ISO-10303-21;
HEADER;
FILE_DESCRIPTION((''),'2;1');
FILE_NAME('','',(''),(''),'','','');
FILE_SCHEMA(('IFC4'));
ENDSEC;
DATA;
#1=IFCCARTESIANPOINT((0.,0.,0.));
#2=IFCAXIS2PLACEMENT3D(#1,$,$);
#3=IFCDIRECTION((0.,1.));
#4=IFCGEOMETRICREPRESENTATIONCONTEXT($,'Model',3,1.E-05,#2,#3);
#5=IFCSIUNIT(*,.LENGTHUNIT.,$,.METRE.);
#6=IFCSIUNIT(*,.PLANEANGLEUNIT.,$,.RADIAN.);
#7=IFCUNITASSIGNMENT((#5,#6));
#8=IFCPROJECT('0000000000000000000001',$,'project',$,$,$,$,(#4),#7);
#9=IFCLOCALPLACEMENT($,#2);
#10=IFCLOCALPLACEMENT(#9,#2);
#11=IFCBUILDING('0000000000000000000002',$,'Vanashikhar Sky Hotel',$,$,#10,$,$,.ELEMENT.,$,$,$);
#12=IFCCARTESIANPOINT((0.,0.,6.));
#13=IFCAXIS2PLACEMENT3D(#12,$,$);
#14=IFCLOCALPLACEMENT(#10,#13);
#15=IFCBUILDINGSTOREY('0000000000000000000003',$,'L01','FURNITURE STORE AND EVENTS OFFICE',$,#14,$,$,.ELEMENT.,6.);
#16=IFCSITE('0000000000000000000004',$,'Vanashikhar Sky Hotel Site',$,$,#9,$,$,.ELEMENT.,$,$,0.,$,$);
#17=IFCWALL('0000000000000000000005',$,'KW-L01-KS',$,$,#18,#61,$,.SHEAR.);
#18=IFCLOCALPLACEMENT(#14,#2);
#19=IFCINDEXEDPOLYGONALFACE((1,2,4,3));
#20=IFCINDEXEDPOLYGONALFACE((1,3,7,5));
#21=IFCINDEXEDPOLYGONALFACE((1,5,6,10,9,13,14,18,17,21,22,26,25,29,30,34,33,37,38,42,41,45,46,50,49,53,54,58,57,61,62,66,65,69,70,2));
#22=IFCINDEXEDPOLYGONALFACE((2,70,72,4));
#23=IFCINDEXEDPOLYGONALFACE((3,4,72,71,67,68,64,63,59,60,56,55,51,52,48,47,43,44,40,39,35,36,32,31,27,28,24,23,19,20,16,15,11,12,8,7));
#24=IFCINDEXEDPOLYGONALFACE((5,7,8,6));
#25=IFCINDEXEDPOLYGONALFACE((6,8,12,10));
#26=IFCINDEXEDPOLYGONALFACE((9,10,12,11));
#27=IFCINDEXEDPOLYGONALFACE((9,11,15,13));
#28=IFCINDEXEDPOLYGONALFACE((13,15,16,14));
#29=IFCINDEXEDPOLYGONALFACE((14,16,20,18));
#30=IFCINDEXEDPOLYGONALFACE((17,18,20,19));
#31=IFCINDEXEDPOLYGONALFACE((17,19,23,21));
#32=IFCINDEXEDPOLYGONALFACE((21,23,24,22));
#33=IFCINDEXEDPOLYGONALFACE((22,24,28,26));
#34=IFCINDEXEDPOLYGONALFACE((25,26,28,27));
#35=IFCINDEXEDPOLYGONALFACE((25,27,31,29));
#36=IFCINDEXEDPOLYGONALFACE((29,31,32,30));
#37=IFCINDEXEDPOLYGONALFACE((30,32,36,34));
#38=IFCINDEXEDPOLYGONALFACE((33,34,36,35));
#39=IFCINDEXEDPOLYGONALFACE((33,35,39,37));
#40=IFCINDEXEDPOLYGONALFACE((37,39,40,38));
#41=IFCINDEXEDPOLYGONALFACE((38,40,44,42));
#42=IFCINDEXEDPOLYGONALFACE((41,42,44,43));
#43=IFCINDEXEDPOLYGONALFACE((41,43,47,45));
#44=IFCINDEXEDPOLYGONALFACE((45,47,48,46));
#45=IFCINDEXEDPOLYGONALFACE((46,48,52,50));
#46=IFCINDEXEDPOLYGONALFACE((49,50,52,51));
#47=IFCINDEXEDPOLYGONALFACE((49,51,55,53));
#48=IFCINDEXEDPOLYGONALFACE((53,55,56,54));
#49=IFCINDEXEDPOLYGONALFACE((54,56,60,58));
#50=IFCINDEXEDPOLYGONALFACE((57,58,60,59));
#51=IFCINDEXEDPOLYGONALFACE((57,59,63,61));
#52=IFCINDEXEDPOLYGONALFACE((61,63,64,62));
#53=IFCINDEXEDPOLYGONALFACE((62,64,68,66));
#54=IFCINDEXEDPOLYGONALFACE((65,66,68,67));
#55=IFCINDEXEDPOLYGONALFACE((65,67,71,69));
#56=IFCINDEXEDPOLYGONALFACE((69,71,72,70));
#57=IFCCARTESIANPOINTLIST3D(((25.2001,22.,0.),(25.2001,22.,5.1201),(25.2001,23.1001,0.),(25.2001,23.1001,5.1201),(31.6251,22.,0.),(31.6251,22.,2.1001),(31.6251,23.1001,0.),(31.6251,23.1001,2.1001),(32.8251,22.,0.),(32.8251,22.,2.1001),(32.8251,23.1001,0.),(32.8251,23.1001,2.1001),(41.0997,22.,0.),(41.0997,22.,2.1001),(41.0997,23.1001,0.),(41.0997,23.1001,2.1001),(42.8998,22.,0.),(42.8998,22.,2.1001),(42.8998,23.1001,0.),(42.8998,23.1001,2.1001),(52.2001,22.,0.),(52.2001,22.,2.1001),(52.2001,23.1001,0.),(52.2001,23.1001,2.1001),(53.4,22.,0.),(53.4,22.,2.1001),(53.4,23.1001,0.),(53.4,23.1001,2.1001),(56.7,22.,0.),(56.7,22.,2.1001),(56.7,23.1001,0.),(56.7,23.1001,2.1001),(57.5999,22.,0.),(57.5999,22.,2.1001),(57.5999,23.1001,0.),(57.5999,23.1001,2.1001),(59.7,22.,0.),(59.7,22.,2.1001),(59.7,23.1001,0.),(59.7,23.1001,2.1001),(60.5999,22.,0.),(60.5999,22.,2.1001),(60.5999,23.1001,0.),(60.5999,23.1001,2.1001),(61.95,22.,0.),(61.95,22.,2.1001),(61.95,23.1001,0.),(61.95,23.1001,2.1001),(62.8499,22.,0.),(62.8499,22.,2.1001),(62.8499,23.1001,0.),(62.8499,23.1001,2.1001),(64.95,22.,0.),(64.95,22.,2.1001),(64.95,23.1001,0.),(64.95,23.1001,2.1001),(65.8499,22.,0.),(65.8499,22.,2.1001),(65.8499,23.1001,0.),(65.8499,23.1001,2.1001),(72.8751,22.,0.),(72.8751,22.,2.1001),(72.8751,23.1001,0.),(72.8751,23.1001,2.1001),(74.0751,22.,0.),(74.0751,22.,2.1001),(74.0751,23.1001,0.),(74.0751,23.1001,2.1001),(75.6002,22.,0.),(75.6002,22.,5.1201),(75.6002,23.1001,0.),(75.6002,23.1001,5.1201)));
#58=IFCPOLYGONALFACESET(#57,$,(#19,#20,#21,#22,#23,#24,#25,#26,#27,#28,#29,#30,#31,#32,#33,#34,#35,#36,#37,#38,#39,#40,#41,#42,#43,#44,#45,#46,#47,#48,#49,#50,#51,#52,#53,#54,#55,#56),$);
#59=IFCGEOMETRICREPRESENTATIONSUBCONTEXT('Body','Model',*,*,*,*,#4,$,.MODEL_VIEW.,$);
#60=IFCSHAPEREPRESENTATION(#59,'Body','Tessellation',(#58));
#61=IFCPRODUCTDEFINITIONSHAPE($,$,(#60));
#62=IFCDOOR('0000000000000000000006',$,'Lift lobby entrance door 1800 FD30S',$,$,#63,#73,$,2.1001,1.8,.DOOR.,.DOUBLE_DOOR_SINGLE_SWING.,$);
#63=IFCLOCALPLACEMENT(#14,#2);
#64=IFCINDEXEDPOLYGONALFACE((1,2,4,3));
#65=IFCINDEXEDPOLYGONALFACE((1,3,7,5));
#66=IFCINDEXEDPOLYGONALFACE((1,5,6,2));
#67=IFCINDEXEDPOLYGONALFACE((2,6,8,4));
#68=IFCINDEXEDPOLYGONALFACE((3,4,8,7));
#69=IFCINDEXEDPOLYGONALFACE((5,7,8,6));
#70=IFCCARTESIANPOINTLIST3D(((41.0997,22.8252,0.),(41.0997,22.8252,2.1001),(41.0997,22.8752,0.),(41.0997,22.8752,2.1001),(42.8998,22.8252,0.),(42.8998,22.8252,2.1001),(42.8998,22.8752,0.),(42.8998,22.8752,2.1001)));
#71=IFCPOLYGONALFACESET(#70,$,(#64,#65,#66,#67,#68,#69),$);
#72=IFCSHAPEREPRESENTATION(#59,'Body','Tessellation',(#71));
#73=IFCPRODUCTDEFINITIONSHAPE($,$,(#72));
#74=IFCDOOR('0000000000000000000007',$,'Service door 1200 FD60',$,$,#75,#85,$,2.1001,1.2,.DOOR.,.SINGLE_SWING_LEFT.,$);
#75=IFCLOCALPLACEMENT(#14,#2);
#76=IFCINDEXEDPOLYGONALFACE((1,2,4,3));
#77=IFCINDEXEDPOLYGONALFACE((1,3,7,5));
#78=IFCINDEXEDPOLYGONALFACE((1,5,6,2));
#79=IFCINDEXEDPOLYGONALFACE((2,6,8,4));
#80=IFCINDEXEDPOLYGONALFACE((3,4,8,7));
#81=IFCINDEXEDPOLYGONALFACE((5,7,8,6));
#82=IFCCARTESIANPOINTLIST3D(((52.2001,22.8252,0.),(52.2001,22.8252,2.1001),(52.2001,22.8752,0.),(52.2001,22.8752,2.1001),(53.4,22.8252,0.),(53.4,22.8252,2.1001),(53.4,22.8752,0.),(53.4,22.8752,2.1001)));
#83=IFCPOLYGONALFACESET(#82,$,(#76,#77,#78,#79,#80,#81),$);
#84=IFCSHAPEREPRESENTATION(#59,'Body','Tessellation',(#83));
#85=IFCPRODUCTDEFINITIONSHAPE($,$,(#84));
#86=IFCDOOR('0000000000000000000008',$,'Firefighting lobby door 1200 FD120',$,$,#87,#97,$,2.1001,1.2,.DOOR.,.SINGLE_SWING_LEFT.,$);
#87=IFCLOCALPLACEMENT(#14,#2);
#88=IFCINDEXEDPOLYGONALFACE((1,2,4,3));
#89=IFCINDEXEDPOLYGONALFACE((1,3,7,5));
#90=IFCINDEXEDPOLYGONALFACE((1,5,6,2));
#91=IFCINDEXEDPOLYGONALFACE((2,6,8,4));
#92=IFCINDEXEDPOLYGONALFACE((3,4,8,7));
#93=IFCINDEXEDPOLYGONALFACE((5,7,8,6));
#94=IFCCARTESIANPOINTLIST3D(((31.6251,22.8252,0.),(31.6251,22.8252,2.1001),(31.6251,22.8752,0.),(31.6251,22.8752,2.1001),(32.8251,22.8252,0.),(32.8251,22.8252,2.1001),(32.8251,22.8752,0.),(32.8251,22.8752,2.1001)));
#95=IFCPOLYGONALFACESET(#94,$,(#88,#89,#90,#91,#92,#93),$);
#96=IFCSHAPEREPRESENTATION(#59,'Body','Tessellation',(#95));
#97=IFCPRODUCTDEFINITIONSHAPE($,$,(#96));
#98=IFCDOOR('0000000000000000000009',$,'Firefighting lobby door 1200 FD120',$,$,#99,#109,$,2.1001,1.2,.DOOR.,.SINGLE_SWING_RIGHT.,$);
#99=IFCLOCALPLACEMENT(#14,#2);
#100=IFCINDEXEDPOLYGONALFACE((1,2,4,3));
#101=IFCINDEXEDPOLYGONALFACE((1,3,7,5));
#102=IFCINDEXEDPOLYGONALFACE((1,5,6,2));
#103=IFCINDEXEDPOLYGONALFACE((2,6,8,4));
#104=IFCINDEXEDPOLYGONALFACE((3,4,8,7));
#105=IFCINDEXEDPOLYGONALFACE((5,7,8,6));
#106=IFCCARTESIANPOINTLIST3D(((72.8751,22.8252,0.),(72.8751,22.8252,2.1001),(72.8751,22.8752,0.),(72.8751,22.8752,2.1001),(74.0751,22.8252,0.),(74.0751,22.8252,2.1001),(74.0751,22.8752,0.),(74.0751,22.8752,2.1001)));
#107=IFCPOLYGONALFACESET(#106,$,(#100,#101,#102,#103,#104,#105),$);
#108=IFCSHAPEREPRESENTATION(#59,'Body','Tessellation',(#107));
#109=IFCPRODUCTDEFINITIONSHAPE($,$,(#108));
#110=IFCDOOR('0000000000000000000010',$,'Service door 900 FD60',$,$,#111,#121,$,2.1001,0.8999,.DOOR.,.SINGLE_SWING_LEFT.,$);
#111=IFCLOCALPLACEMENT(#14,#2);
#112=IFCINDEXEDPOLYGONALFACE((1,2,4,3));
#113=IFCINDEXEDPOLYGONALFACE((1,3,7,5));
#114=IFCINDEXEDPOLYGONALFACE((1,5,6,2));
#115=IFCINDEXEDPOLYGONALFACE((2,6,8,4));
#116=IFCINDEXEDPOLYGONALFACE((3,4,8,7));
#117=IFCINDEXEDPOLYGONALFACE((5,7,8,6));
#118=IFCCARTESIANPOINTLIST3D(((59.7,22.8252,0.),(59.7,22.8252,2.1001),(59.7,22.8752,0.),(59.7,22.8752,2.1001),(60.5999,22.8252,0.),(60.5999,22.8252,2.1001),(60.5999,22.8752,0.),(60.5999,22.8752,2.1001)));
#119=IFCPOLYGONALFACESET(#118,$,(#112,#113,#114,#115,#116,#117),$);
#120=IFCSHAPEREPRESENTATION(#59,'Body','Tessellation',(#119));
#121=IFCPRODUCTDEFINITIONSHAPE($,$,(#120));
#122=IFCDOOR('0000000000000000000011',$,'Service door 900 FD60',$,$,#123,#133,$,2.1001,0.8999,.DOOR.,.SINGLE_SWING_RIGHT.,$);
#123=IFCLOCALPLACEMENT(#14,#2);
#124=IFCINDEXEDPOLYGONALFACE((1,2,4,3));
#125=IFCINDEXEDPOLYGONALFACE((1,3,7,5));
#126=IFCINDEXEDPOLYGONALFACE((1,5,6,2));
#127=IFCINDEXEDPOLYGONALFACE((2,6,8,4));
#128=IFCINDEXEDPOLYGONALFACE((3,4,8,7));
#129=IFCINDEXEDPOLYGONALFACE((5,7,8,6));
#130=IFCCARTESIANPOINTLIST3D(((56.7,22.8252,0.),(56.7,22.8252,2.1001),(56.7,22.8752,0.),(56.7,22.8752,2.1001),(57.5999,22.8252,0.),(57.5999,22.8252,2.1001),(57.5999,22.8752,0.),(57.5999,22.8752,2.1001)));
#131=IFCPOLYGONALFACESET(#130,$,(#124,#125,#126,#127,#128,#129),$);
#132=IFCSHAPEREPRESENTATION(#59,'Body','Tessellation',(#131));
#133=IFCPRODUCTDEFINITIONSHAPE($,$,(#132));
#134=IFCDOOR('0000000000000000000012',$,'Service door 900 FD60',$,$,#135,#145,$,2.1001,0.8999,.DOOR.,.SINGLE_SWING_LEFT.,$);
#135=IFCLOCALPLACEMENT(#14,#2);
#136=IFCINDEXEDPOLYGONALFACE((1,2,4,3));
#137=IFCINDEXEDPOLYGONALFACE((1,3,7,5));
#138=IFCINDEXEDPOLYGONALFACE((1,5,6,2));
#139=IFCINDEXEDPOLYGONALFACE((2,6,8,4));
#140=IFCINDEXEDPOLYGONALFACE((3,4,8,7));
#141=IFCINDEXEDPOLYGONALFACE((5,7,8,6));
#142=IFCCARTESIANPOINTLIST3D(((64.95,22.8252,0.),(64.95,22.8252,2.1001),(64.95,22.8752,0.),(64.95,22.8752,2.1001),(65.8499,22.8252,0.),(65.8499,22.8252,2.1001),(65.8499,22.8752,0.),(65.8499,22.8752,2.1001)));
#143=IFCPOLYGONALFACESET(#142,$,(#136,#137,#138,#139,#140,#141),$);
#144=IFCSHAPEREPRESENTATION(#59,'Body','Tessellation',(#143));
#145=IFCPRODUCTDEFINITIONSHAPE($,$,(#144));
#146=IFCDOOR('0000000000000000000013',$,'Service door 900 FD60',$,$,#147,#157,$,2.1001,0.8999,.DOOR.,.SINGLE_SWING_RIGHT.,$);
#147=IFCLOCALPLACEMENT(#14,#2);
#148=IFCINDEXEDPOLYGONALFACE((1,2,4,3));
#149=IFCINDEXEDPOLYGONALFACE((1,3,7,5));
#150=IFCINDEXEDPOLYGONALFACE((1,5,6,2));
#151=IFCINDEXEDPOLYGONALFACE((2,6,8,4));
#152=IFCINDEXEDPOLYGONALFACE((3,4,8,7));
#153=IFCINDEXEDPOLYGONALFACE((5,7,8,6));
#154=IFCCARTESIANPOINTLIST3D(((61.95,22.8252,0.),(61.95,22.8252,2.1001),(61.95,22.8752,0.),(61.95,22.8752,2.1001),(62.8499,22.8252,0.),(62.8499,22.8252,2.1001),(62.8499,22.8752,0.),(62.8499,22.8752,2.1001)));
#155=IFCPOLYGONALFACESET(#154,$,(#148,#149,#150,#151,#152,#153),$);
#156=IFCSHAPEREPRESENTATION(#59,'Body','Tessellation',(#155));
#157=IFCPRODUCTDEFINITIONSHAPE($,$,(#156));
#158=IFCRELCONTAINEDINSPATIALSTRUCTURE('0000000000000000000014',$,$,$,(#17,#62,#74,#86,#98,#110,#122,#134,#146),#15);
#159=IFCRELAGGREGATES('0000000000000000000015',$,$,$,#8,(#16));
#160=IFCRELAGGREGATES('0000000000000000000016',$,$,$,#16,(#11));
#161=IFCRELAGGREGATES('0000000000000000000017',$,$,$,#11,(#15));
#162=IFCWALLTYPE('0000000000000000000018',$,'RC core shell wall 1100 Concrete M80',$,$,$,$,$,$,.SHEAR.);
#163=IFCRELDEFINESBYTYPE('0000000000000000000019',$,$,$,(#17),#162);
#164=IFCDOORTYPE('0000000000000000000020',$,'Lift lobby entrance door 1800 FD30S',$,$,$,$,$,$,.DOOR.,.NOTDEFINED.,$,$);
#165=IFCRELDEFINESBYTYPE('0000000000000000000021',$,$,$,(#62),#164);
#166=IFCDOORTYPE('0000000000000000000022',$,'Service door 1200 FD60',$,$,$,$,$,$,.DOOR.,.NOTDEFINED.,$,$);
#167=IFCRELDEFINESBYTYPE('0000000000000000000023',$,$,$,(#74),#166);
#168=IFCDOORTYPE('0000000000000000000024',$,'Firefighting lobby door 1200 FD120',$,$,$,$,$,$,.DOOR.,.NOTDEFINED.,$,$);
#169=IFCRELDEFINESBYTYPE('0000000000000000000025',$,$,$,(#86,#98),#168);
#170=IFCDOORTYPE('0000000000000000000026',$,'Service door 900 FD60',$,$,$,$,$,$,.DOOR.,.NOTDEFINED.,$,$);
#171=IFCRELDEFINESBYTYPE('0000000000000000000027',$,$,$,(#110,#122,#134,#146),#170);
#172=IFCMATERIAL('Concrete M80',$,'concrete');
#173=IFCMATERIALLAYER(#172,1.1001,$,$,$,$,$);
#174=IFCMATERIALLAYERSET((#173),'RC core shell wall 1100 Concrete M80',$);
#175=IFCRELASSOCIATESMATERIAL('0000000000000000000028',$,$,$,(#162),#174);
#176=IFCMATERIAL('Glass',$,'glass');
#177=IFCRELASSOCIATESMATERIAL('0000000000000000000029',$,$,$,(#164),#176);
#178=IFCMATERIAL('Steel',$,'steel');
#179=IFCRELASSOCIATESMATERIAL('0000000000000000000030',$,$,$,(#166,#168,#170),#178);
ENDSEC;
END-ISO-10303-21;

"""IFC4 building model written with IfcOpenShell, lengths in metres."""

from ifc_helpers import new_model, si_unit, direction, frame, frame_2d, origin, place, context, subcontext, project, spatial, rectangle, extrude, source, transform, mapped, material, layer, layer_set, type_object, element, fill, save


model = new_model("IFC4")

# Units and contexts
model_context = context("Model", 3, precision=1e-05, world=origin(), true_north=direction((0.0, 1.0)))
body_context = subcontext(model_context, "Body", "Model", "MODEL_VIEW")
ifc_project = project(units=[si_unit("LENGTHUNIT", "METRE"), si_unit("PLANEANGLEUNIT", "RADIAN")], contexts=[model_context])

# Site, building, storey
site_placement = place(None, origin())
site = spatial("IfcSite", under=ifc_project, at=site_placement, Name="Vanashikhar Sky Hotel Site", CompositionType="ELEMENT", RefElevation=0.0)
building_placement = place(site_placement, origin())
building = spatial("IfcBuilding", under=site, at=building_placement, Name="Vanashikhar Sky Hotel", CompositionType="ELEMENT")
storey_placement = place(building_placement, frame((0.0, 0.0, 6.0)))
storey = spatial("IfcBuildingStorey", under=building, at=storey_placement, Name="L01", Description="FURNITURE STORE AND EVENTS OFFICE", CompositionType="ELEMENT", Elevation=6.0)

# Wall, openings, doors
ifc_material_1 = material(Name="Concrete M80", Category="concrete")
ifc_layer_1 = layer(ifc_material_1, 1.1001)
ifc_layer_set_1 = layer_set([ifc_layer_1], Name="RC core shell wall 1100 Concrete M80")
wall_type_1 = type_object("IfcWallType", Name="RC core shell wall 1100 Concrete M80", PredefinedType="SHEAR", material=ifc_layer_set_1)
shared_shape_1 = source(origin(), body_context, "Body", "SweptSolid", [
    extrude(rectangle(XDim=50.4001, YDim=1.1001, at=frame_2d((25.2002, 0.0))), origin(), (0.0, 0.0, 1.0), 5.1201),
])
wall_1_placement = place(storey_placement, frame((25.2, 22.55, 0.0), z_axis=(0.0, 0.0, 1.0), x_axis=(1.0, 0.0, 0.0)))
wall_1 = element("IfcWall", 1, at=wall_1_placement, inside=storey, type_object=wall_type_1, Name="KW-L01-KS", PredefinedType="SHEAR", context=body_context, shape_type="MappedRepresentation", body=[
    mapped(shared_shape_1, transform((0.0, 0.0, 0.0), scale=1.0)),
])
shared_shape_2 = source(origin(), body_context, "Body", "SweptSolid", [
    extrude(rectangle(XDim=1.8, YDim=2.1001, at=frame_2d((0.8999, 1.05))), frame((0.0, 0.5601, 0.0), z_axis=(0.0, -1.0, 0.0), x_axis=(1.0, 0.0, 0.0)), (0.0, 0.0, 1.0), 1.1201),
])
opening_1_placement = place(wall_1_placement, frame((15.8999, 0.0, 0.0)))
opening_1 = element("IfcOpeningElement", 2, at=opening_1_placement, cuts=wall_1, PredefinedType="OPENING", context=body_context, shape_type="MappedRepresentation", body=[
    mapped(shared_shape_2, transform((0.0, 0.0, 0.0), scale=1.0)),
])
shared_shape_3 = source(origin(), body_context, "Body", "SweptSolid", [
    extrude(rectangle(XDim=1.2, YDim=2.1001, at=frame_2d((0.6001, 1.05))), frame((0.0, 0.5601, 0.0), z_axis=(0.0, -1.0, 0.0), x_axis=(1.0, 0.0, 0.0)), (0.0, 0.0, 1.0), 1.1201),
])
opening_2_placement = place(wall_1_placement, frame((27.0, 0.0, 0.0)))
opening_2 = element("IfcOpeningElement", 3, at=opening_2_placement, cuts=wall_1, PredefinedType="OPENING", context=body_context, shape_type="MappedRepresentation", body=[
    mapped(shared_shape_3, transform((0.0, 0.0, 0.0), scale=1.0)),
])
shared_shape_4 = source(origin(), body_context, "Body", "SweptSolid", [
    extrude(rectangle(XDim=0.8999, YDim=2.1001, at=frame_2d((0.45, 1.05))), frame((0.0, 0.5601, 0.0), z_axis=(0.0, -1.0, 0.0), x_axis=(1.0, 0.0, 0.0)), (0.0, 0.0, 1.0), 1.1201),
])
opening_3_placement = place(wall_1_placement, frame((34.5, 0.0, 0.0)))
opening_3 = element("IfcOpeningElement", 4, at=opening_3_placement, cuts=wall_1, PredefinedType="OPENING", context=body_context, shape_type="MappedRepresentation", body=[
    mapped(shared_shape_4, transform((0.0, 0.0, 0.0), scale=1.0)),
])
opening_4_placement = place(wall_1_placement, frame((31.5, 0.0, 0.0)))
opening_4 = element("IfcOpeningElement", 5, at=opening_4_placement, cuts=wall_1, PredefinedType="OPENING", context=body_context, shape_type="MappedRepresentation", body=[
    mapped(shared_shape_4, transform((0.0, 0.0, 0.0), scale=1.0)),
])
opening_5_placement = place(wall_1_placement, frame((39.75, 0.0, 0.0)))
opening_5 = element("IfcOpeningElement", 6, at=opening_5_placement, cuts=wall_1, PredefinedType="OPENING", context=body_context, shape_type="MappedRepresentation", body=[
    mapped(shared_shape_4, transform((0.0, 0.0, 0.0), scale=1.0)),
])
opening_6_placement = place(wall_1_placement, frame((36.75, 0.0, 0.0)))
opening_6 = element("IfcOpeningElement", 7, at=opening_6_placement, cuts=wall_1, PredefinedType="OPENING", context=body_context, shape_type="MappedRepresentation", body=[
    mapped(shared_shape_4, transform((0.0, 0.0, 0.0), scale=1.0)),
])
opening_7_placement = place(wall_1_placement, frame((6.425, 0.0, 0.0)))
opening_7 = element("IfcOpeningElement", 8, at=opening_7_placement, cuts=wall_1, PredefinedType="OPENING", context=body_context, shape_type="MappedRepresentation", body=[
    mapped(shared_shape_3, transform((0.0, 0.0, 0.0), scale=1.0)),
])
opening_8_placement = place(wall_1_placement, frame((47.675, 0.0, 0.0)))
opening_8 = element("IfcOpeningElement", 9, at=opening_8_placement, cuts=wall_1, PredefinedType="OPENING", context=body_context, shape_type="MappedRepresentation", body=[
    mapped(shared_shape_3, transform((0.0, 0.0, 0.0), scale=1.0)),
])
ifc_material_2 = material(Name="Glass", Category="glass")
door_type_1 = type_object("IfcDoorType", Name="Lift lobby entrance door 1800 FD30S", OperationType="NOTDEFINED", PredefinedType="DOOR", material=ifc_material_2)
shared_shape_5 = source(origin(), body_context, "Body", "SweptSolid", [
    extrude(rectangle(XDim=1.8, YDim=2.1001, at=frame_2d((0.8999, 1.05))), frame((0.0, 0.3252, 0.0), z_axis=(0.0, -1.0, 0.0), x_axis=(1.0, 0.0, 0.0)), (0.0, 0.0, 1.0), 0.05),
])
door_1_placement = place(opening_1_placement, origin())
door_1 = element("IfcDoor", 10, at=door_1_placement, inside=storey, type_object=door_type_1, Name="Lift lobby entrance door 1800 FD30S", OperationType="DOUBLE_DOOR_SINGLE_SWING", OverallHeight=2.1001, OverallWidth=1.8, PredefinedType="DOOR", context=body_context, shape_type="MappedRepresentation", body=[
    mapped(shared_shape_5, transform((0.0, 0.0, 0.0), scale=1.0)),
])
fill(opening_1, door_1)
ifc_material_3 = material(Name="Steel", Category="steel")
door_type_2 = type_object("IfcDoorType", Name="Service door 1200 FD60", OperationType="NOTDEFINED", PredefinedType="DOOR", material=ifc_material_3)
shared_shape_6 = source(origin(), body_context, "Body", "SweptSolid", [
    extrude(rectangle(XDim=1.2, YDim=2.1001, at=frame_2d((0.6001, 1.05))), frame((0.0, 0.3252, 0.0), z_axis=(0.0, -1.0, 0.0), x_axis=(1.0, 0.0, 0.0)), (0.0, 0.0, 1.0), 0.05),
])
door_2_placement = place(opening_2_placement, origin())
door_2 = element("IfcDoor", 11, at=door_2_placement, inside=storey, type_object=door_type_2, Name="Service door 1200 FD60", OperationType="SINGLE_SWING_LEFT", OverallHeight=2.1001, OverallWidth=1.2, PredefinedType="DOOR", context=body_context, shape_type="MappedRepresentation", body=[
    mapped(shared_shape_6, transform((0.0, 0.0, 0.0), scale=1.0)),
])
fill(opening_2, door_2)
door_type_3 = type_object("IfcDoorType", Name="Firefighting lobby door 1200 FD120", OperationType="NOTDEFINED", PredefinedType="DOOR", material=ifc_material_3)
door_3_placement = place(opening_7_placement, origin())
door_3 = element("IfcDoor", 12, at=door_3_placement, inside=storey, type_object=door_type_3, Name="Firefighting lobby door 1200 FD120", OperationType="SINGLE_SWING_LEFT", OverallHeight=2.1001, OverallWidth=1.2, PredefinedType="DOOR", context=body_context, shape_type="MappedRepresentation", body=[
    mapped(shared_shape_6, transform((0.0, 0.0, 0.0), scale=1.0)),
])
fill(opening_7, door_3)
door_4_placement = place(opening_8_placement, origin())
door_4 = element("IfcDoor", 13, at=door_4_placement, inside=storey, type_object=door_type_3, Name="Firefighting lobby door 1200 FD120", OperationType="SINGLE_SWING_RIGHT", OverallHeight=2.1001, OverallWidth=1.2, PredefinedType="DOOR", context=body_context, shape_type="MappedRepresentation", body=[
    mapped(shared_shape_6, transform((0.0, 0.0, 0.0), scale=1.0)),
])
fill(opening_8, door_4)
door_type_4 = type_object("IfcDoorType", Name="Service door 900 FD60", OperationType="NOTDEFINED", PredefinedType="DOOR", material=ifc_material_3)
shared_shape_7 = source(origin(), body_context, "Body", "SweptSolid", [
    extrude(rectangle(XDim=0.8999, YDim=2.1001, at=frame_2d((0.45, 1.05))), frame((0.0, 0.3252, 0.0), z_axis=(0.0, -1.0, 0.0), x_axis=(1.0, 0.0, 0.0)), (0.0, 0.0, 1.0), 0.05),
])
door_5_placement = place(opening_3_placement, origin())
door_5 = element("IfcDoor", 14, at=door_5_placement, inside=storey, type_object=door_type_4, Name="Service door 900 FD60", OperationType="SINGLE_SWING_LEFT", OverallHeight=2.1001, OverallWidth=0.8999, PredefinedType="DOOR", context=body_context, shape_type="MappedRepresentation", body=[
    mapped(shared_shape_7, transform((0.0, 0.0, 0.0), scale=1.0)),
])
fill(opening_3, door_5)
door_6_placement = place(opening_4_placement, origin())
door_6 = element("IfcDoor", 15, at=door_6_placement, inside=storey, type_object=door_type_4, Name="Service door 900 FD60", OperationType="SINGLE_SWING_RIGHT", OverallHeight=2.1001, OverallWidth=0.8999, PredefinedType="DOOR", context=body_context, shape_type="MappedRepresentation", body=[
    mapped(shared_shape_7, transform((0.0, 0.0, 0.0), scale=1.0)),
])
fill(opening_4, door_6)
door_7_placement = place(opening_5_placement, origin())
door_7 = element("IfcDoor", 16, at=door_7_placement, inside=storey, type_object=door_type_4, Name="Service door 900 FD60", OperationType="SINGLE_SWING_LEFT", OverallHeight=2.1001, OverallWidth=0.8999, PredefinedType="DOOR", context=body_context, shape_type="MappedRepresentation", body=[
    mapped(shared_shape_7, transform((0.0, 0.0, 0.0), scale=1.0)),
])
fill(opening_5, door_7)
door_8_placement = place(opening_6_placement, origin())
door_8 = element("IfcDoor", 17, at=door_8_placement, inside=storey, type_object=door_type_4, Name="Service door 900 FD60", OperationType="SINGLE_SWING_RIGHT", OverallHeight=2.1001, OverallWidth=0.8999, PredefinedType="DOOR", context=body_context, shape_type="MappedRepresentation", body=[
    mapped(shared_shape_7, transform((0.0, 0.0, 0.0), scale=1.0)),
])
fill(opening_6, door_8)

save(model, "model.ifc")
